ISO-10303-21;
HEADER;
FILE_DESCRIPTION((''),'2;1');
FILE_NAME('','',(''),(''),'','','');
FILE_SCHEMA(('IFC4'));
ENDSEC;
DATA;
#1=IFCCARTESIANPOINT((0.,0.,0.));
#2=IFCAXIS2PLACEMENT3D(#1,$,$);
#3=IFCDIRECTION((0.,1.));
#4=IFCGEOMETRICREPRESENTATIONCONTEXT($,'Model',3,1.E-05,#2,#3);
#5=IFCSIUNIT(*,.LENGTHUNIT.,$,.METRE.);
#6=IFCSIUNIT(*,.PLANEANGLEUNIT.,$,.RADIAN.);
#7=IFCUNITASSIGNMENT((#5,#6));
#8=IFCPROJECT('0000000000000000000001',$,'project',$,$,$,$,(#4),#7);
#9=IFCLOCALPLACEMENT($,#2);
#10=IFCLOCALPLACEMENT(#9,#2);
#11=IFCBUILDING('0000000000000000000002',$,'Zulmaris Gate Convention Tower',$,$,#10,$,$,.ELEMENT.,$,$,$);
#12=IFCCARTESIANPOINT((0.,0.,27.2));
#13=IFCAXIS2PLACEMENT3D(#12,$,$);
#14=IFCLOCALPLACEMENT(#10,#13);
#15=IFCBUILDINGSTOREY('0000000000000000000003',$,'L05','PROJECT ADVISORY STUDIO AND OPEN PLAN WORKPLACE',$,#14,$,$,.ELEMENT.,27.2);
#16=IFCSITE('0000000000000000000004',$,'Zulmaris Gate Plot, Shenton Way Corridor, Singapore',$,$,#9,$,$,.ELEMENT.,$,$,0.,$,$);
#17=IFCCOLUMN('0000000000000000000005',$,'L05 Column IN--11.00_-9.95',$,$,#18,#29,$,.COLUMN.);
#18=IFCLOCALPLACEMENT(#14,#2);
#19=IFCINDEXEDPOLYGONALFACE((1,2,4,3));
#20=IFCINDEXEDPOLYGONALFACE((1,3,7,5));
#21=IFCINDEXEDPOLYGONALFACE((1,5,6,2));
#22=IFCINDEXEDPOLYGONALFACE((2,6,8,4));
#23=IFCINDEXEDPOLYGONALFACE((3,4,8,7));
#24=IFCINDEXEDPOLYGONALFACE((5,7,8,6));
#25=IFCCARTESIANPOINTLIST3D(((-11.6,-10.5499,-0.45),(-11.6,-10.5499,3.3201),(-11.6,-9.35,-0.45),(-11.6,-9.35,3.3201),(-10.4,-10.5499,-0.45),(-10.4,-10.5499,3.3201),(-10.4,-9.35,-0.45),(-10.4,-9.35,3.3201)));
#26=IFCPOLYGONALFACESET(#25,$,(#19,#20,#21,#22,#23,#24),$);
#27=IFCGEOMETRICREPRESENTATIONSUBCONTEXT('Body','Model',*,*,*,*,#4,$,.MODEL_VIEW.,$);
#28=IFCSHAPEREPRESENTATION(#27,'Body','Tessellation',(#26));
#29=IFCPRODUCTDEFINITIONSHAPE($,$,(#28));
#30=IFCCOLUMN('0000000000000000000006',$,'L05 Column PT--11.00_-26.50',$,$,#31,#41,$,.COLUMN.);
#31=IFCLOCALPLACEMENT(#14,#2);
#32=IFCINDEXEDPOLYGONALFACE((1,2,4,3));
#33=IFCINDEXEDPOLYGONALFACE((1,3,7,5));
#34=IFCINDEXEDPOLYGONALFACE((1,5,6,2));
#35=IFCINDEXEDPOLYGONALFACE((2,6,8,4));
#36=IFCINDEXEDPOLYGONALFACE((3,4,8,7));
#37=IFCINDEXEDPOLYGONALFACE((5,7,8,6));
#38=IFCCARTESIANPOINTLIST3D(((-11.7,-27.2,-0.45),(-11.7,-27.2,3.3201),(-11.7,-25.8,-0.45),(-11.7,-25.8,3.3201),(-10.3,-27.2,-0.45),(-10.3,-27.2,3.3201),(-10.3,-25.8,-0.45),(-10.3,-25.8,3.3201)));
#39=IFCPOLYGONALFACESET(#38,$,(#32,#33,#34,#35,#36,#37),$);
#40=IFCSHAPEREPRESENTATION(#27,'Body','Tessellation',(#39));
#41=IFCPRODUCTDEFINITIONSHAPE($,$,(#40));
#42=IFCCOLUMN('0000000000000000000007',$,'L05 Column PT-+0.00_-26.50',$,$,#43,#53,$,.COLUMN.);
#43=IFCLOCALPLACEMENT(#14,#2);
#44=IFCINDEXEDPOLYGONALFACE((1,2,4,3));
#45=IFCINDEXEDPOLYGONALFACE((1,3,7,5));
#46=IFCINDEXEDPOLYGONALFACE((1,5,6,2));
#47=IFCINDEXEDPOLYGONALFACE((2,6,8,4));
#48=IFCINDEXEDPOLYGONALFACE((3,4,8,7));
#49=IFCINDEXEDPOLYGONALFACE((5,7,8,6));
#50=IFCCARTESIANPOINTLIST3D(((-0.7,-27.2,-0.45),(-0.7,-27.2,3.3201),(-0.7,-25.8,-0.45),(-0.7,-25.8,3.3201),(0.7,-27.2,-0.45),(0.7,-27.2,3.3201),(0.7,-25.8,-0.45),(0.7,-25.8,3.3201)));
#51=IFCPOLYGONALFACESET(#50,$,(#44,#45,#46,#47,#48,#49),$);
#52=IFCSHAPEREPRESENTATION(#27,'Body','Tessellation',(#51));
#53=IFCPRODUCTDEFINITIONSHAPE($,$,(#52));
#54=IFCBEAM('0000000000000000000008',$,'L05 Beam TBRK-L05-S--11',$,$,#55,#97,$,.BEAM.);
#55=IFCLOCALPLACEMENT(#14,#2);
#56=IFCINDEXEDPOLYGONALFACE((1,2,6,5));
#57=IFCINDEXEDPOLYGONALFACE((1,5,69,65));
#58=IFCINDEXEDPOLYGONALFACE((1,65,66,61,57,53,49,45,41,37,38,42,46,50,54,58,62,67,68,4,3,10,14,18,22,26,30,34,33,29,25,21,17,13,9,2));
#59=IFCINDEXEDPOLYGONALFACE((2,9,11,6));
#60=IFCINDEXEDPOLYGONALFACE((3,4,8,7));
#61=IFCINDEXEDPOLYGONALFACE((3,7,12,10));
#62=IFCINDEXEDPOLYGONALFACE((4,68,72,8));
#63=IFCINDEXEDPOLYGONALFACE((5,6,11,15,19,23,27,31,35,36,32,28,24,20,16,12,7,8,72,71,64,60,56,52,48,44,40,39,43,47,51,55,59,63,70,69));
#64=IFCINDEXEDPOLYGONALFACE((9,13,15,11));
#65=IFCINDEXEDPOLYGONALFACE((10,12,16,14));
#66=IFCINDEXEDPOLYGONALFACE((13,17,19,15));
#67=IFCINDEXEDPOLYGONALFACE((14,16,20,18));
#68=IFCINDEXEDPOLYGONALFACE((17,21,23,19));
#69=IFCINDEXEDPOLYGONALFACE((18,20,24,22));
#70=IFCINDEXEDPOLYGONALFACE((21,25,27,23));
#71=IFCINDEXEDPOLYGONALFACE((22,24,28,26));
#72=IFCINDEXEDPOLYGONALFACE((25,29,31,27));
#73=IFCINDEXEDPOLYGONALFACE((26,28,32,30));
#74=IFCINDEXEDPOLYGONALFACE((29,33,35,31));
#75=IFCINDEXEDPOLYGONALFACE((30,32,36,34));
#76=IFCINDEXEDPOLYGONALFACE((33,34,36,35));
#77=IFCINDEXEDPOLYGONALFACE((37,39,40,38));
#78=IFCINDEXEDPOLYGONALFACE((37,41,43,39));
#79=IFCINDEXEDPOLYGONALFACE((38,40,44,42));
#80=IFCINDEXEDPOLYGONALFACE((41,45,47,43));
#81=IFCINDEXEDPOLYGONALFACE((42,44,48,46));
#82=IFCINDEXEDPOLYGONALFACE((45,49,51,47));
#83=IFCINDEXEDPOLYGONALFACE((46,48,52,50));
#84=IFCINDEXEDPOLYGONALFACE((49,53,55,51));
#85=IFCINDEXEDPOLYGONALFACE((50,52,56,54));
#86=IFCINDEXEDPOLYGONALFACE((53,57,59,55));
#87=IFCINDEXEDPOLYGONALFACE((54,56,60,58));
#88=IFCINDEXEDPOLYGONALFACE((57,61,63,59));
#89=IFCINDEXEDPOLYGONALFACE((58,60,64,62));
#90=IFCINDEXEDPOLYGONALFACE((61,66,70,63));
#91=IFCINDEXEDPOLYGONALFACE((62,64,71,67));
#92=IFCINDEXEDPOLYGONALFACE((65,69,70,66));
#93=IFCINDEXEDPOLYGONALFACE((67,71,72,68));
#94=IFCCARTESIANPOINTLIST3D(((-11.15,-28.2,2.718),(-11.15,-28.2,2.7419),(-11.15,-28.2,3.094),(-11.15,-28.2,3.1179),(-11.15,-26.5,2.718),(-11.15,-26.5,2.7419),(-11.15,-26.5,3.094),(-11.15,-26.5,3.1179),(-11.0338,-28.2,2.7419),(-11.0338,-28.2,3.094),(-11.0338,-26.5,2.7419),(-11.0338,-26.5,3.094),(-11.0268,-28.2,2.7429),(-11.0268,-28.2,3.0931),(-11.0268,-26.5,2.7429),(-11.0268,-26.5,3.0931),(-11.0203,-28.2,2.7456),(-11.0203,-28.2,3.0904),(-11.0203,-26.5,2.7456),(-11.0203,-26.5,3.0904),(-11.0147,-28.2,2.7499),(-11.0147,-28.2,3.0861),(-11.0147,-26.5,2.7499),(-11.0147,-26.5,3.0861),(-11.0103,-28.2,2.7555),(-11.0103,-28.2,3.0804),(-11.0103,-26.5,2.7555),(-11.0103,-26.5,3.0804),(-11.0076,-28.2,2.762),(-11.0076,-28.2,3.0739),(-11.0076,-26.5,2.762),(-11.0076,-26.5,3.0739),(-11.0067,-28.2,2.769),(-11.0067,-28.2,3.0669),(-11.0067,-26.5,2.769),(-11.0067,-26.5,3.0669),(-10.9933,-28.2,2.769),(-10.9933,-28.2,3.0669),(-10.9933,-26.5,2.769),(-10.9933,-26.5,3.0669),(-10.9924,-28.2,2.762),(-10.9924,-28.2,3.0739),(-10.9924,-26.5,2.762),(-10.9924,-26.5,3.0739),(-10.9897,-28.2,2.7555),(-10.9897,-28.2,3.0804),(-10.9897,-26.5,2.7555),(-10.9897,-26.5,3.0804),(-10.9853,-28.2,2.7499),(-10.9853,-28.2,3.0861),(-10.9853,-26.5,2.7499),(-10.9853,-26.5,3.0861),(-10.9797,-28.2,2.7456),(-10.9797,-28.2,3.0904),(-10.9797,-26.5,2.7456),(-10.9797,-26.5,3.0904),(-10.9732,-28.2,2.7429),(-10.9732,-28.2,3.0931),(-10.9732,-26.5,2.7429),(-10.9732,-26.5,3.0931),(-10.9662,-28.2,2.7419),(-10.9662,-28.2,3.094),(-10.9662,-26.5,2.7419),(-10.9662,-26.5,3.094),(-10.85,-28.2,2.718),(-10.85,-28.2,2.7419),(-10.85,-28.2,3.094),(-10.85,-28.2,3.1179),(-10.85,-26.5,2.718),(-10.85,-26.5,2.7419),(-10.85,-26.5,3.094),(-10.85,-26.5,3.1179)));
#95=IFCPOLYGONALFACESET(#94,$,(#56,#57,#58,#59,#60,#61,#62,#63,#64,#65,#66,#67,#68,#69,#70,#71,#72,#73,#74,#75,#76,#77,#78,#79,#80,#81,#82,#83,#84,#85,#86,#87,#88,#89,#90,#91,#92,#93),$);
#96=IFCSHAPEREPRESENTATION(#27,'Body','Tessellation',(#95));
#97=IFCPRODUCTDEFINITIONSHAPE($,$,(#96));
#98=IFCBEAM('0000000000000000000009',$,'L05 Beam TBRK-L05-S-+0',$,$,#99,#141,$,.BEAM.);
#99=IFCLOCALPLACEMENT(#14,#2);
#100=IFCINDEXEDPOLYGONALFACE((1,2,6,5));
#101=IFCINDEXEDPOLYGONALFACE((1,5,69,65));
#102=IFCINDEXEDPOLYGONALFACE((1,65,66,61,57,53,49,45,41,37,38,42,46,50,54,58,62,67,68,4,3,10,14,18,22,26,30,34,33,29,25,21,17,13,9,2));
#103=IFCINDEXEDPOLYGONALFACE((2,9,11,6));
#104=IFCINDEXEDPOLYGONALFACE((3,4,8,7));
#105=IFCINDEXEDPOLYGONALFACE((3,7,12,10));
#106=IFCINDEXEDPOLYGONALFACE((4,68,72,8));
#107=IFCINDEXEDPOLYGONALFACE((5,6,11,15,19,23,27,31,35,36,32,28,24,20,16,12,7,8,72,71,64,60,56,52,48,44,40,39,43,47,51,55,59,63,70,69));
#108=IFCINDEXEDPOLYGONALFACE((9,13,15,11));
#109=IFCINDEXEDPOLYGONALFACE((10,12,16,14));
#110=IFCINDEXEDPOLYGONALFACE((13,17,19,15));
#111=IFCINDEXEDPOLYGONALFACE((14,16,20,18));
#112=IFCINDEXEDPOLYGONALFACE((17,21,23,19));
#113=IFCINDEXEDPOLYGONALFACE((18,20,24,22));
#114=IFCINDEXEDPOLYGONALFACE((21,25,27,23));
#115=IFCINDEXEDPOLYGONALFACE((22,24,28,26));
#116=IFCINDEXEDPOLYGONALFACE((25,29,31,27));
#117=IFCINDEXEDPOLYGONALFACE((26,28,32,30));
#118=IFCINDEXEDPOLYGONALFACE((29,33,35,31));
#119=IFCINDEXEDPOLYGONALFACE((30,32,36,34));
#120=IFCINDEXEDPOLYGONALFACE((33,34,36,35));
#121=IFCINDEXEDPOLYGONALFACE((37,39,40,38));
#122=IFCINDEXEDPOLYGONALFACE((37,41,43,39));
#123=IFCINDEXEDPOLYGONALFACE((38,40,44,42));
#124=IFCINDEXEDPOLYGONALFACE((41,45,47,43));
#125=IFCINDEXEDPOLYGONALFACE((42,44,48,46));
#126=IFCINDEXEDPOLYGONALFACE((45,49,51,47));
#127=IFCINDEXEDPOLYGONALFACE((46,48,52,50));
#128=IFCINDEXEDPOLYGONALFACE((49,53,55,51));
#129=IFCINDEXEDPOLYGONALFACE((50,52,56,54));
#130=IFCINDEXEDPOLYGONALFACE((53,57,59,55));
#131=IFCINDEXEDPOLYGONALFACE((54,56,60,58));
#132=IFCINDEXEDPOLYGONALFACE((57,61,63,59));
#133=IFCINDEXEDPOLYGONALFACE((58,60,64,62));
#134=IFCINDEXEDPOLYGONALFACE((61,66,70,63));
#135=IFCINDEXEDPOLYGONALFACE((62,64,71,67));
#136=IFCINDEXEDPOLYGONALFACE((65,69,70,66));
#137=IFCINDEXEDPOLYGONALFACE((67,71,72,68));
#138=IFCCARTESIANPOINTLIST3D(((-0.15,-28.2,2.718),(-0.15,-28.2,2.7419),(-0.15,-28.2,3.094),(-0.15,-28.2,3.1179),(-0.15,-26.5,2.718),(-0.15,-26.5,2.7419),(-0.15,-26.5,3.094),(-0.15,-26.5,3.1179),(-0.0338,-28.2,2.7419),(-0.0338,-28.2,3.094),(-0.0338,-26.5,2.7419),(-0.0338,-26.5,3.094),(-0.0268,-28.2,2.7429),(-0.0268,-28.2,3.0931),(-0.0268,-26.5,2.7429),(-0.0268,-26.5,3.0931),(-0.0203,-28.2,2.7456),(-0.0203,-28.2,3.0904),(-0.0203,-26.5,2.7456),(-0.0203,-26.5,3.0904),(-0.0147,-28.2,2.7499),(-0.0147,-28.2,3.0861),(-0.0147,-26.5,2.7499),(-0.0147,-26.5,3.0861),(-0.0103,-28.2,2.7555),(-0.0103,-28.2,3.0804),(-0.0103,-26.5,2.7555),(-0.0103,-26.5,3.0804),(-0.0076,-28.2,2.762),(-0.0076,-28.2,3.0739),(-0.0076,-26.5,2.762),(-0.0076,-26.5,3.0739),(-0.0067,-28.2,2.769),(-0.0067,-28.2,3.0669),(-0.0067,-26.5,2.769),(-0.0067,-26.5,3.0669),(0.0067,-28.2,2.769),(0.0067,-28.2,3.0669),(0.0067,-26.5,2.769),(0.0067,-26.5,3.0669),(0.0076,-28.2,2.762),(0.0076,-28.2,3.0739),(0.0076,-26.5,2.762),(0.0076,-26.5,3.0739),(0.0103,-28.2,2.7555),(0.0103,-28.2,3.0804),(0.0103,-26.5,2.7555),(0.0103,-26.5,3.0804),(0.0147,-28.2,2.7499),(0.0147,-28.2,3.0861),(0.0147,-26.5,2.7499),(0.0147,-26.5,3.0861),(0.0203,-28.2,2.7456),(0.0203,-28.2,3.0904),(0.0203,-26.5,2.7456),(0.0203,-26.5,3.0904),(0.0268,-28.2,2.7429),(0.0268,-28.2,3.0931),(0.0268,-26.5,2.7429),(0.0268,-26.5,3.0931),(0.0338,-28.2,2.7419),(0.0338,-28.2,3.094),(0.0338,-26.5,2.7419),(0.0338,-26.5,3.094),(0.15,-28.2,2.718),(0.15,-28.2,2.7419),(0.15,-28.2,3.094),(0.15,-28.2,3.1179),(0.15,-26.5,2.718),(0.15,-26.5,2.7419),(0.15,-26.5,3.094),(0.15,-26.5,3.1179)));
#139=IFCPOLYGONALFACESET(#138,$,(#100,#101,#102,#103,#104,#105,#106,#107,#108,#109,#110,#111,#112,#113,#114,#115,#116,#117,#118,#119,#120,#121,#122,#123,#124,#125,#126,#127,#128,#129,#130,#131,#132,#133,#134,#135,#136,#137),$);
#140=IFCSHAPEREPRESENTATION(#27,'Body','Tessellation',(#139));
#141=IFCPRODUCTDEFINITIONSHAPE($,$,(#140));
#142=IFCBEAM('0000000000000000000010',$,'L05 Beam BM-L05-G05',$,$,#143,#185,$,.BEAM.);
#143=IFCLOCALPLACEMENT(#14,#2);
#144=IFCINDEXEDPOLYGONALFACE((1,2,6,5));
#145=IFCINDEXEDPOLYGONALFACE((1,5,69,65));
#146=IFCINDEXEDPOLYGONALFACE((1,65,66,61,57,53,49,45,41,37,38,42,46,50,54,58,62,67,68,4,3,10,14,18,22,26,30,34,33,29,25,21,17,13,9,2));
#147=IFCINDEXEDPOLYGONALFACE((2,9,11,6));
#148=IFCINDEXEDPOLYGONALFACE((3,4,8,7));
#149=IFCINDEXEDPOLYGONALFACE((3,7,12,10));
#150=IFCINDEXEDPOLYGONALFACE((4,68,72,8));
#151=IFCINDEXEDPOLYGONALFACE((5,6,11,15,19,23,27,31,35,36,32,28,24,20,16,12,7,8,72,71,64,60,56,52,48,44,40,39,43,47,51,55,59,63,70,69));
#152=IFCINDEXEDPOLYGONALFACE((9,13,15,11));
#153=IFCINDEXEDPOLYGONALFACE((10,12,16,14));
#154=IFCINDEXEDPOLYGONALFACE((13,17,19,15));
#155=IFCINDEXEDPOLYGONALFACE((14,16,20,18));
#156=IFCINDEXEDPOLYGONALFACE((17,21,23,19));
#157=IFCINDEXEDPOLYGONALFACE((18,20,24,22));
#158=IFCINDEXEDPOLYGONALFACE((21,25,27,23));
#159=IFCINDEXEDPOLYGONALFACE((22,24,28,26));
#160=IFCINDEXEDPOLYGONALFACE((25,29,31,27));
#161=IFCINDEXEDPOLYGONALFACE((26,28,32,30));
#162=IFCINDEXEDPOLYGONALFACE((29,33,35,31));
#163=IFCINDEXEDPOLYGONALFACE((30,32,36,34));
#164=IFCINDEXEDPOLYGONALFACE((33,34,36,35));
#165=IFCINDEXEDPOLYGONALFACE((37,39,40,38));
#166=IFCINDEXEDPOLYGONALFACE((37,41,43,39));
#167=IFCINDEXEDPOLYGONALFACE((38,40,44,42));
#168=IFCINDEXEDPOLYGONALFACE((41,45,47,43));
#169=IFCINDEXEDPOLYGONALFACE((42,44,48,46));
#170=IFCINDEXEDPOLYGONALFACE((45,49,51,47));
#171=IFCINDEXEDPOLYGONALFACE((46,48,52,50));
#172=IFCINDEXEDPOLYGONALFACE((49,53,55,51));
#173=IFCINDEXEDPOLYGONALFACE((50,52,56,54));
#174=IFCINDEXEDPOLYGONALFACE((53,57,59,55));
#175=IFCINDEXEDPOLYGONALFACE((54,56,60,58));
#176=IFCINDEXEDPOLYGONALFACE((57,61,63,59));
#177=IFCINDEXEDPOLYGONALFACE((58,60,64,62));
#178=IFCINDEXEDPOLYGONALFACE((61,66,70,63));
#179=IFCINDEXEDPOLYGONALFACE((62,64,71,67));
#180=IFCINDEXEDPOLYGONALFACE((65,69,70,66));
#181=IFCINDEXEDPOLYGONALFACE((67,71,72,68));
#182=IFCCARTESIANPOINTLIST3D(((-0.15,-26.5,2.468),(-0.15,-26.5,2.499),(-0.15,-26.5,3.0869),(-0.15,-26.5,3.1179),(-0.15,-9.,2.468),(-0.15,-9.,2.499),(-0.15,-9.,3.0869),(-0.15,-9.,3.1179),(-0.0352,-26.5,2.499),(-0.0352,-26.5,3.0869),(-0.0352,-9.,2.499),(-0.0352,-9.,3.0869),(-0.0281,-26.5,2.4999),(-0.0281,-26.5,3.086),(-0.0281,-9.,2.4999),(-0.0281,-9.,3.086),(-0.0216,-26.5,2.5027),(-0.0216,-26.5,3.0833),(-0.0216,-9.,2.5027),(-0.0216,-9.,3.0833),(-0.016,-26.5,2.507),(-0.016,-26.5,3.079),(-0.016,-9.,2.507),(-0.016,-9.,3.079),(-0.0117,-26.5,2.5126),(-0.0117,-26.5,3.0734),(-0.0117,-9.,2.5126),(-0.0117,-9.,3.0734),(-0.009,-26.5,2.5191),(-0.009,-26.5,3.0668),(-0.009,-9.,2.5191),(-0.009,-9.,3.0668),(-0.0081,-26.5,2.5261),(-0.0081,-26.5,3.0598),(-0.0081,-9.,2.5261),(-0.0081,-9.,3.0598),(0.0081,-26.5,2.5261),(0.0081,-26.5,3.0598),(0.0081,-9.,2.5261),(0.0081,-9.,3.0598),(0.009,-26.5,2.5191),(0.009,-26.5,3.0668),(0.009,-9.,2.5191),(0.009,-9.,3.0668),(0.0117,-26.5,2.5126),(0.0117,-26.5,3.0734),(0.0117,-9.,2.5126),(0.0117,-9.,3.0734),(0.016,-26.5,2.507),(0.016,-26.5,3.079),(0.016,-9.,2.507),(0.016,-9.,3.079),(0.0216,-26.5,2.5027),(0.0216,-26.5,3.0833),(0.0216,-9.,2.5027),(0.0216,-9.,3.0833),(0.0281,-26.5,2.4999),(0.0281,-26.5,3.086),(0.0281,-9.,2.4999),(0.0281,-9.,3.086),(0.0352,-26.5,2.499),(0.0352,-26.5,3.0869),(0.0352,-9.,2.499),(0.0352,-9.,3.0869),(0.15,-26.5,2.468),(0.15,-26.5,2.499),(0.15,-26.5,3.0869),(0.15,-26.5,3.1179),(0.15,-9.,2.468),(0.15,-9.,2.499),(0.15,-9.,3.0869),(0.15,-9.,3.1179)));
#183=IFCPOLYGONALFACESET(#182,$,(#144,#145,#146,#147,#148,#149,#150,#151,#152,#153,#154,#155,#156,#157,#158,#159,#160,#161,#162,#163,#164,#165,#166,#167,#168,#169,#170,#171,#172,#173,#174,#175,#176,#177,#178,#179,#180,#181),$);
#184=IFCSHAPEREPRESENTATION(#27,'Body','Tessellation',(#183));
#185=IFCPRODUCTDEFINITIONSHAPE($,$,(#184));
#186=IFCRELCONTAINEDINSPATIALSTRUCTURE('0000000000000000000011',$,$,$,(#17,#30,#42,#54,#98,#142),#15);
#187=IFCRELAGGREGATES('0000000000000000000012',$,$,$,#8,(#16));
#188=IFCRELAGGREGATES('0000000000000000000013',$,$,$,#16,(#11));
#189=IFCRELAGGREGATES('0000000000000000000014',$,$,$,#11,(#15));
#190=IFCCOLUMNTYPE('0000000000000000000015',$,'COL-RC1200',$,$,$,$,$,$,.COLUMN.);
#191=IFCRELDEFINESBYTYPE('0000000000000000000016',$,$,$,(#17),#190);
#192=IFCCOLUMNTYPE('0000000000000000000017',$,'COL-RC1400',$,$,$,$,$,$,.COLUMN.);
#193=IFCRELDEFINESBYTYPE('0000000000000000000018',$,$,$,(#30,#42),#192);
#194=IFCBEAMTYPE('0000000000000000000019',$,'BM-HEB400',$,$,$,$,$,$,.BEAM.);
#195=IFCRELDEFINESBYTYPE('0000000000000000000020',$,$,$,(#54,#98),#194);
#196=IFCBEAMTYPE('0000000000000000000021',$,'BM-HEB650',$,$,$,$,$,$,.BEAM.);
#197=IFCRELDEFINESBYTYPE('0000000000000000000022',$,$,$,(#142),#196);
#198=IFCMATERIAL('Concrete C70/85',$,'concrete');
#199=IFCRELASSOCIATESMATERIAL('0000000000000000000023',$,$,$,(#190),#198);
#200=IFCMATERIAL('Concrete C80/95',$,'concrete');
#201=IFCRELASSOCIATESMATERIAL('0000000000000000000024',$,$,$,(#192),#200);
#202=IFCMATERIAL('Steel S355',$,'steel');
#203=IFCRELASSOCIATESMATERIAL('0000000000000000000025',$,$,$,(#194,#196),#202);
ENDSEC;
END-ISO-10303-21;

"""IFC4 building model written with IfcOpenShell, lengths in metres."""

from ifc_helpers import new_model, si_unit, direction, frame, origin, origin_2d, place, context, subcontext, project, spatial, rectangle, i_section, extrude, material, material_profile, profile_set, type_object, element, save


model = new_model("IFC4")

# Units and contexts
model_context = context("Model", 3, precision=1e-05, world=origin(), true_north=direction((0.0, 1.0)))
body_context = subcontext(model_context, "Body", "Model", "MODEL_VIEW")
ifc_project = project(units=[si_unit("LENGTHUNIT", "METRE"), si_unit("PLANEANGLEUNIT", "RADIAN")], contexts=[model_context])

# Site, building, storey
site_placement = place(None, origin())
site = spatial("IfcSite", under=ifc_project, at=site_placement, Name="Zulmaris Gate Plot, Shenton Way Corridor, Singapore", CompositionType="ELEMENT", RefElevation=0.0)
building_placement = place(site_placement, origin())
building = spatial("IfcBuilding", under=site, at=building_placement, Name="Zulmaris Gate Convention Tower", CompositionType="ELEMENT")
storey_placement = place(building_placement, frame((0.0, 0.0, 27.2)))
storey = spatial("IfcBuildingStorey", under=building, at=storey_placement, Name="L05", Description="PROJECT ADVISORY STUDIO AND OPEN PLAN WORKPLACE", CompositionType="ELEMENT", Elevation=27.2)

# Columns
ifc_material_1 = material(Name="Concrete C70/85", Category="concrete")
ifc_material_profile_1 = material_profile(ifc_material_1, rectangle(XDim=1.2, YDim=1.2, at=origin_2d()), Name="RC COL 1200x1200")
ifc_profile_set_1 = profile_set([ifc_material_profile_1], Name="Concrete C70/85")
column_type_1 = type_object("IfcColumnType", Name="COL-RC1200", PredefinedType="COLUMN", material=ifc_profile_set_1)
column_placement = place(storey_placement, frame((-11.0, -9.95, -0.45), z_axis=(0.0, 0.0, 1.0), x_axis=(1.0, 0.0, 0.0)))
element("IfcColumn", 1, at=column_placement, inside=storey, type_object=column_type_1, Name="L05 Column IN--11.00_-9.95", PredefinedType="COLUMN", context=body_context, shape_type="SweptSolid", body=[
    extrude(rectangle(XDim=1.2, YDim=1.2, at=origin_2d()), origin(), (0.0, 0.0, 1.0), 3.77),
])
ifc_material_2 = material(Name="Concrete C80/95", Category="concrete")
ifc_material_profile_2 = material_profile(ifc_material_2, rectangle(XDim=1.3999, YDim=1.3999, at=origin_2d()), Name="RC COL 1400x1400")
ifc_profile_set_2 = profile_set([ifc_material_profile_2], Name="Concrete C80/95")
column_type_2 = type_object("IfcColumnType", Name="COL-RC1400", PredefinedType="COLUMN", material=ifc_profile_set_2)
for number, where, z_axis, x_axis, name in (
    (2, (-11.0, -26.5, -0.45), (0.0, 0.0, 1.0), (1.0, 0.0, 0.0), "L05 Column PT--11.00_-26.50"),
    (3, (0.0, -26.5, -0.45), (0.0, 0.0, 1.0), (1.0, 0.0, 0.0), "L05 Column PT-+0.00_-26.50"),
):
    element("IfcColumn", number, at=place(storey_placement, frame(where, z_axis=z_axis, x_axis=x_axis)), inside=storey, type_object=column_type_2, Name=name, PredefinedType="COLUMN", context=body_context, shape_type="SweptSolid", body=[
        extrude(rectangle(XDim=1.3999, YDim=1.3999, at=origin_2d()), origin(), (0.0, 0.0, 1.0), 3.77),
    ])

# Beams
ifc_material_3 = material(Name="Steel S355", Category="steel")
ifc_material_profile_3 = material_profile(ifc_material_3, i_section(OverallWidth=0.3, OverallDepth=0.3999, WebThickness=0.0134, FlangeThickness=0.0239, FilletRadius=0.0271, at=origin_2d()), Name="HEB 400")
ifc_profile_set_3 = profile_set([ifc_material_profile_3], Name="Steel S355")
beam_type_1 = type_object("IfcBeamType", Name="BM-HEB400", PredefinedType="BEAM", material=ifc_profile_set_3)
for number, where, z_axis, x_axis, name in (
    (4, (-11.0, -28.2, 2.918), (0.0, 1.0, 0.0), (-1.0, 0.0, 0.0), "L05 Beam TBRK-L05-S--11"),
    (5, (0.0, -28.2, 2.918), (0.0, 1.0, 0.0), (-1.0, 0.0, 0.0), "L05 Beam TBRK-L05-S-+0"),
):
    element("IfcBeam", number, at=place(storey_placement, frame(where, z_axis=z_axis, x_axis=x_axis)), inside=storey, type_object=beam_type_1, Name=name, PredefinedType="BEAM", context=body_context, shape_type="SweptSolid", body=[
        extrude(i_section(OverallWidth=0.3, OverallDepth=0.3999, WebThickness=0.0134, FlangeThickness=0.0239, FilletRadius=0.0271, at=origin_2d()), origin(), (0.0, 0.0, 1.0), 1.7),
    ])
ifc_material_profile_4 = material_profile(ifc_material_3, i_section(OverallWidth=0.3, OverallDepth=0.6499, WebThickness=0.0161, FlangeThickness=0.031, FilletRadius=0.0271, at=origin_2d()), Name="HEB 650")
ifc_profile_set_4 = profile_set([ifc_material_profile_4], Name="Steel S355")
beam_type_2 = type_object("IfcBeamType", Name="BM-HEB650", PredefinedType="BEAM", material=ifc_profile_set_4)
beam_1_placement = place(storey_placement, frame((0.0, -26.5, 2.793), z_axis=(0.0, 1.0, 0.0), x_axis=(-1.0, 0.0, 0.0)))
element("IfcBeam", 6, at=beam_1_placement, inside=storey, type_object=beam_type_2, Name="L05 Beam BM-L05-G05", PredefinedType="BEAM", context=body_context, shape_type="SweptSolid", body=[
    extrude(i_section(OverallWidth=0.3, OverallDepth=0.6499, WebThickness=0.0161, FlangeThickness=0.031, FilletRadius=0.0271, at=origin_2d()), origin(), (0.0, 0.0, 1.0), 17.5),
])

save(model, "model.ifc")
